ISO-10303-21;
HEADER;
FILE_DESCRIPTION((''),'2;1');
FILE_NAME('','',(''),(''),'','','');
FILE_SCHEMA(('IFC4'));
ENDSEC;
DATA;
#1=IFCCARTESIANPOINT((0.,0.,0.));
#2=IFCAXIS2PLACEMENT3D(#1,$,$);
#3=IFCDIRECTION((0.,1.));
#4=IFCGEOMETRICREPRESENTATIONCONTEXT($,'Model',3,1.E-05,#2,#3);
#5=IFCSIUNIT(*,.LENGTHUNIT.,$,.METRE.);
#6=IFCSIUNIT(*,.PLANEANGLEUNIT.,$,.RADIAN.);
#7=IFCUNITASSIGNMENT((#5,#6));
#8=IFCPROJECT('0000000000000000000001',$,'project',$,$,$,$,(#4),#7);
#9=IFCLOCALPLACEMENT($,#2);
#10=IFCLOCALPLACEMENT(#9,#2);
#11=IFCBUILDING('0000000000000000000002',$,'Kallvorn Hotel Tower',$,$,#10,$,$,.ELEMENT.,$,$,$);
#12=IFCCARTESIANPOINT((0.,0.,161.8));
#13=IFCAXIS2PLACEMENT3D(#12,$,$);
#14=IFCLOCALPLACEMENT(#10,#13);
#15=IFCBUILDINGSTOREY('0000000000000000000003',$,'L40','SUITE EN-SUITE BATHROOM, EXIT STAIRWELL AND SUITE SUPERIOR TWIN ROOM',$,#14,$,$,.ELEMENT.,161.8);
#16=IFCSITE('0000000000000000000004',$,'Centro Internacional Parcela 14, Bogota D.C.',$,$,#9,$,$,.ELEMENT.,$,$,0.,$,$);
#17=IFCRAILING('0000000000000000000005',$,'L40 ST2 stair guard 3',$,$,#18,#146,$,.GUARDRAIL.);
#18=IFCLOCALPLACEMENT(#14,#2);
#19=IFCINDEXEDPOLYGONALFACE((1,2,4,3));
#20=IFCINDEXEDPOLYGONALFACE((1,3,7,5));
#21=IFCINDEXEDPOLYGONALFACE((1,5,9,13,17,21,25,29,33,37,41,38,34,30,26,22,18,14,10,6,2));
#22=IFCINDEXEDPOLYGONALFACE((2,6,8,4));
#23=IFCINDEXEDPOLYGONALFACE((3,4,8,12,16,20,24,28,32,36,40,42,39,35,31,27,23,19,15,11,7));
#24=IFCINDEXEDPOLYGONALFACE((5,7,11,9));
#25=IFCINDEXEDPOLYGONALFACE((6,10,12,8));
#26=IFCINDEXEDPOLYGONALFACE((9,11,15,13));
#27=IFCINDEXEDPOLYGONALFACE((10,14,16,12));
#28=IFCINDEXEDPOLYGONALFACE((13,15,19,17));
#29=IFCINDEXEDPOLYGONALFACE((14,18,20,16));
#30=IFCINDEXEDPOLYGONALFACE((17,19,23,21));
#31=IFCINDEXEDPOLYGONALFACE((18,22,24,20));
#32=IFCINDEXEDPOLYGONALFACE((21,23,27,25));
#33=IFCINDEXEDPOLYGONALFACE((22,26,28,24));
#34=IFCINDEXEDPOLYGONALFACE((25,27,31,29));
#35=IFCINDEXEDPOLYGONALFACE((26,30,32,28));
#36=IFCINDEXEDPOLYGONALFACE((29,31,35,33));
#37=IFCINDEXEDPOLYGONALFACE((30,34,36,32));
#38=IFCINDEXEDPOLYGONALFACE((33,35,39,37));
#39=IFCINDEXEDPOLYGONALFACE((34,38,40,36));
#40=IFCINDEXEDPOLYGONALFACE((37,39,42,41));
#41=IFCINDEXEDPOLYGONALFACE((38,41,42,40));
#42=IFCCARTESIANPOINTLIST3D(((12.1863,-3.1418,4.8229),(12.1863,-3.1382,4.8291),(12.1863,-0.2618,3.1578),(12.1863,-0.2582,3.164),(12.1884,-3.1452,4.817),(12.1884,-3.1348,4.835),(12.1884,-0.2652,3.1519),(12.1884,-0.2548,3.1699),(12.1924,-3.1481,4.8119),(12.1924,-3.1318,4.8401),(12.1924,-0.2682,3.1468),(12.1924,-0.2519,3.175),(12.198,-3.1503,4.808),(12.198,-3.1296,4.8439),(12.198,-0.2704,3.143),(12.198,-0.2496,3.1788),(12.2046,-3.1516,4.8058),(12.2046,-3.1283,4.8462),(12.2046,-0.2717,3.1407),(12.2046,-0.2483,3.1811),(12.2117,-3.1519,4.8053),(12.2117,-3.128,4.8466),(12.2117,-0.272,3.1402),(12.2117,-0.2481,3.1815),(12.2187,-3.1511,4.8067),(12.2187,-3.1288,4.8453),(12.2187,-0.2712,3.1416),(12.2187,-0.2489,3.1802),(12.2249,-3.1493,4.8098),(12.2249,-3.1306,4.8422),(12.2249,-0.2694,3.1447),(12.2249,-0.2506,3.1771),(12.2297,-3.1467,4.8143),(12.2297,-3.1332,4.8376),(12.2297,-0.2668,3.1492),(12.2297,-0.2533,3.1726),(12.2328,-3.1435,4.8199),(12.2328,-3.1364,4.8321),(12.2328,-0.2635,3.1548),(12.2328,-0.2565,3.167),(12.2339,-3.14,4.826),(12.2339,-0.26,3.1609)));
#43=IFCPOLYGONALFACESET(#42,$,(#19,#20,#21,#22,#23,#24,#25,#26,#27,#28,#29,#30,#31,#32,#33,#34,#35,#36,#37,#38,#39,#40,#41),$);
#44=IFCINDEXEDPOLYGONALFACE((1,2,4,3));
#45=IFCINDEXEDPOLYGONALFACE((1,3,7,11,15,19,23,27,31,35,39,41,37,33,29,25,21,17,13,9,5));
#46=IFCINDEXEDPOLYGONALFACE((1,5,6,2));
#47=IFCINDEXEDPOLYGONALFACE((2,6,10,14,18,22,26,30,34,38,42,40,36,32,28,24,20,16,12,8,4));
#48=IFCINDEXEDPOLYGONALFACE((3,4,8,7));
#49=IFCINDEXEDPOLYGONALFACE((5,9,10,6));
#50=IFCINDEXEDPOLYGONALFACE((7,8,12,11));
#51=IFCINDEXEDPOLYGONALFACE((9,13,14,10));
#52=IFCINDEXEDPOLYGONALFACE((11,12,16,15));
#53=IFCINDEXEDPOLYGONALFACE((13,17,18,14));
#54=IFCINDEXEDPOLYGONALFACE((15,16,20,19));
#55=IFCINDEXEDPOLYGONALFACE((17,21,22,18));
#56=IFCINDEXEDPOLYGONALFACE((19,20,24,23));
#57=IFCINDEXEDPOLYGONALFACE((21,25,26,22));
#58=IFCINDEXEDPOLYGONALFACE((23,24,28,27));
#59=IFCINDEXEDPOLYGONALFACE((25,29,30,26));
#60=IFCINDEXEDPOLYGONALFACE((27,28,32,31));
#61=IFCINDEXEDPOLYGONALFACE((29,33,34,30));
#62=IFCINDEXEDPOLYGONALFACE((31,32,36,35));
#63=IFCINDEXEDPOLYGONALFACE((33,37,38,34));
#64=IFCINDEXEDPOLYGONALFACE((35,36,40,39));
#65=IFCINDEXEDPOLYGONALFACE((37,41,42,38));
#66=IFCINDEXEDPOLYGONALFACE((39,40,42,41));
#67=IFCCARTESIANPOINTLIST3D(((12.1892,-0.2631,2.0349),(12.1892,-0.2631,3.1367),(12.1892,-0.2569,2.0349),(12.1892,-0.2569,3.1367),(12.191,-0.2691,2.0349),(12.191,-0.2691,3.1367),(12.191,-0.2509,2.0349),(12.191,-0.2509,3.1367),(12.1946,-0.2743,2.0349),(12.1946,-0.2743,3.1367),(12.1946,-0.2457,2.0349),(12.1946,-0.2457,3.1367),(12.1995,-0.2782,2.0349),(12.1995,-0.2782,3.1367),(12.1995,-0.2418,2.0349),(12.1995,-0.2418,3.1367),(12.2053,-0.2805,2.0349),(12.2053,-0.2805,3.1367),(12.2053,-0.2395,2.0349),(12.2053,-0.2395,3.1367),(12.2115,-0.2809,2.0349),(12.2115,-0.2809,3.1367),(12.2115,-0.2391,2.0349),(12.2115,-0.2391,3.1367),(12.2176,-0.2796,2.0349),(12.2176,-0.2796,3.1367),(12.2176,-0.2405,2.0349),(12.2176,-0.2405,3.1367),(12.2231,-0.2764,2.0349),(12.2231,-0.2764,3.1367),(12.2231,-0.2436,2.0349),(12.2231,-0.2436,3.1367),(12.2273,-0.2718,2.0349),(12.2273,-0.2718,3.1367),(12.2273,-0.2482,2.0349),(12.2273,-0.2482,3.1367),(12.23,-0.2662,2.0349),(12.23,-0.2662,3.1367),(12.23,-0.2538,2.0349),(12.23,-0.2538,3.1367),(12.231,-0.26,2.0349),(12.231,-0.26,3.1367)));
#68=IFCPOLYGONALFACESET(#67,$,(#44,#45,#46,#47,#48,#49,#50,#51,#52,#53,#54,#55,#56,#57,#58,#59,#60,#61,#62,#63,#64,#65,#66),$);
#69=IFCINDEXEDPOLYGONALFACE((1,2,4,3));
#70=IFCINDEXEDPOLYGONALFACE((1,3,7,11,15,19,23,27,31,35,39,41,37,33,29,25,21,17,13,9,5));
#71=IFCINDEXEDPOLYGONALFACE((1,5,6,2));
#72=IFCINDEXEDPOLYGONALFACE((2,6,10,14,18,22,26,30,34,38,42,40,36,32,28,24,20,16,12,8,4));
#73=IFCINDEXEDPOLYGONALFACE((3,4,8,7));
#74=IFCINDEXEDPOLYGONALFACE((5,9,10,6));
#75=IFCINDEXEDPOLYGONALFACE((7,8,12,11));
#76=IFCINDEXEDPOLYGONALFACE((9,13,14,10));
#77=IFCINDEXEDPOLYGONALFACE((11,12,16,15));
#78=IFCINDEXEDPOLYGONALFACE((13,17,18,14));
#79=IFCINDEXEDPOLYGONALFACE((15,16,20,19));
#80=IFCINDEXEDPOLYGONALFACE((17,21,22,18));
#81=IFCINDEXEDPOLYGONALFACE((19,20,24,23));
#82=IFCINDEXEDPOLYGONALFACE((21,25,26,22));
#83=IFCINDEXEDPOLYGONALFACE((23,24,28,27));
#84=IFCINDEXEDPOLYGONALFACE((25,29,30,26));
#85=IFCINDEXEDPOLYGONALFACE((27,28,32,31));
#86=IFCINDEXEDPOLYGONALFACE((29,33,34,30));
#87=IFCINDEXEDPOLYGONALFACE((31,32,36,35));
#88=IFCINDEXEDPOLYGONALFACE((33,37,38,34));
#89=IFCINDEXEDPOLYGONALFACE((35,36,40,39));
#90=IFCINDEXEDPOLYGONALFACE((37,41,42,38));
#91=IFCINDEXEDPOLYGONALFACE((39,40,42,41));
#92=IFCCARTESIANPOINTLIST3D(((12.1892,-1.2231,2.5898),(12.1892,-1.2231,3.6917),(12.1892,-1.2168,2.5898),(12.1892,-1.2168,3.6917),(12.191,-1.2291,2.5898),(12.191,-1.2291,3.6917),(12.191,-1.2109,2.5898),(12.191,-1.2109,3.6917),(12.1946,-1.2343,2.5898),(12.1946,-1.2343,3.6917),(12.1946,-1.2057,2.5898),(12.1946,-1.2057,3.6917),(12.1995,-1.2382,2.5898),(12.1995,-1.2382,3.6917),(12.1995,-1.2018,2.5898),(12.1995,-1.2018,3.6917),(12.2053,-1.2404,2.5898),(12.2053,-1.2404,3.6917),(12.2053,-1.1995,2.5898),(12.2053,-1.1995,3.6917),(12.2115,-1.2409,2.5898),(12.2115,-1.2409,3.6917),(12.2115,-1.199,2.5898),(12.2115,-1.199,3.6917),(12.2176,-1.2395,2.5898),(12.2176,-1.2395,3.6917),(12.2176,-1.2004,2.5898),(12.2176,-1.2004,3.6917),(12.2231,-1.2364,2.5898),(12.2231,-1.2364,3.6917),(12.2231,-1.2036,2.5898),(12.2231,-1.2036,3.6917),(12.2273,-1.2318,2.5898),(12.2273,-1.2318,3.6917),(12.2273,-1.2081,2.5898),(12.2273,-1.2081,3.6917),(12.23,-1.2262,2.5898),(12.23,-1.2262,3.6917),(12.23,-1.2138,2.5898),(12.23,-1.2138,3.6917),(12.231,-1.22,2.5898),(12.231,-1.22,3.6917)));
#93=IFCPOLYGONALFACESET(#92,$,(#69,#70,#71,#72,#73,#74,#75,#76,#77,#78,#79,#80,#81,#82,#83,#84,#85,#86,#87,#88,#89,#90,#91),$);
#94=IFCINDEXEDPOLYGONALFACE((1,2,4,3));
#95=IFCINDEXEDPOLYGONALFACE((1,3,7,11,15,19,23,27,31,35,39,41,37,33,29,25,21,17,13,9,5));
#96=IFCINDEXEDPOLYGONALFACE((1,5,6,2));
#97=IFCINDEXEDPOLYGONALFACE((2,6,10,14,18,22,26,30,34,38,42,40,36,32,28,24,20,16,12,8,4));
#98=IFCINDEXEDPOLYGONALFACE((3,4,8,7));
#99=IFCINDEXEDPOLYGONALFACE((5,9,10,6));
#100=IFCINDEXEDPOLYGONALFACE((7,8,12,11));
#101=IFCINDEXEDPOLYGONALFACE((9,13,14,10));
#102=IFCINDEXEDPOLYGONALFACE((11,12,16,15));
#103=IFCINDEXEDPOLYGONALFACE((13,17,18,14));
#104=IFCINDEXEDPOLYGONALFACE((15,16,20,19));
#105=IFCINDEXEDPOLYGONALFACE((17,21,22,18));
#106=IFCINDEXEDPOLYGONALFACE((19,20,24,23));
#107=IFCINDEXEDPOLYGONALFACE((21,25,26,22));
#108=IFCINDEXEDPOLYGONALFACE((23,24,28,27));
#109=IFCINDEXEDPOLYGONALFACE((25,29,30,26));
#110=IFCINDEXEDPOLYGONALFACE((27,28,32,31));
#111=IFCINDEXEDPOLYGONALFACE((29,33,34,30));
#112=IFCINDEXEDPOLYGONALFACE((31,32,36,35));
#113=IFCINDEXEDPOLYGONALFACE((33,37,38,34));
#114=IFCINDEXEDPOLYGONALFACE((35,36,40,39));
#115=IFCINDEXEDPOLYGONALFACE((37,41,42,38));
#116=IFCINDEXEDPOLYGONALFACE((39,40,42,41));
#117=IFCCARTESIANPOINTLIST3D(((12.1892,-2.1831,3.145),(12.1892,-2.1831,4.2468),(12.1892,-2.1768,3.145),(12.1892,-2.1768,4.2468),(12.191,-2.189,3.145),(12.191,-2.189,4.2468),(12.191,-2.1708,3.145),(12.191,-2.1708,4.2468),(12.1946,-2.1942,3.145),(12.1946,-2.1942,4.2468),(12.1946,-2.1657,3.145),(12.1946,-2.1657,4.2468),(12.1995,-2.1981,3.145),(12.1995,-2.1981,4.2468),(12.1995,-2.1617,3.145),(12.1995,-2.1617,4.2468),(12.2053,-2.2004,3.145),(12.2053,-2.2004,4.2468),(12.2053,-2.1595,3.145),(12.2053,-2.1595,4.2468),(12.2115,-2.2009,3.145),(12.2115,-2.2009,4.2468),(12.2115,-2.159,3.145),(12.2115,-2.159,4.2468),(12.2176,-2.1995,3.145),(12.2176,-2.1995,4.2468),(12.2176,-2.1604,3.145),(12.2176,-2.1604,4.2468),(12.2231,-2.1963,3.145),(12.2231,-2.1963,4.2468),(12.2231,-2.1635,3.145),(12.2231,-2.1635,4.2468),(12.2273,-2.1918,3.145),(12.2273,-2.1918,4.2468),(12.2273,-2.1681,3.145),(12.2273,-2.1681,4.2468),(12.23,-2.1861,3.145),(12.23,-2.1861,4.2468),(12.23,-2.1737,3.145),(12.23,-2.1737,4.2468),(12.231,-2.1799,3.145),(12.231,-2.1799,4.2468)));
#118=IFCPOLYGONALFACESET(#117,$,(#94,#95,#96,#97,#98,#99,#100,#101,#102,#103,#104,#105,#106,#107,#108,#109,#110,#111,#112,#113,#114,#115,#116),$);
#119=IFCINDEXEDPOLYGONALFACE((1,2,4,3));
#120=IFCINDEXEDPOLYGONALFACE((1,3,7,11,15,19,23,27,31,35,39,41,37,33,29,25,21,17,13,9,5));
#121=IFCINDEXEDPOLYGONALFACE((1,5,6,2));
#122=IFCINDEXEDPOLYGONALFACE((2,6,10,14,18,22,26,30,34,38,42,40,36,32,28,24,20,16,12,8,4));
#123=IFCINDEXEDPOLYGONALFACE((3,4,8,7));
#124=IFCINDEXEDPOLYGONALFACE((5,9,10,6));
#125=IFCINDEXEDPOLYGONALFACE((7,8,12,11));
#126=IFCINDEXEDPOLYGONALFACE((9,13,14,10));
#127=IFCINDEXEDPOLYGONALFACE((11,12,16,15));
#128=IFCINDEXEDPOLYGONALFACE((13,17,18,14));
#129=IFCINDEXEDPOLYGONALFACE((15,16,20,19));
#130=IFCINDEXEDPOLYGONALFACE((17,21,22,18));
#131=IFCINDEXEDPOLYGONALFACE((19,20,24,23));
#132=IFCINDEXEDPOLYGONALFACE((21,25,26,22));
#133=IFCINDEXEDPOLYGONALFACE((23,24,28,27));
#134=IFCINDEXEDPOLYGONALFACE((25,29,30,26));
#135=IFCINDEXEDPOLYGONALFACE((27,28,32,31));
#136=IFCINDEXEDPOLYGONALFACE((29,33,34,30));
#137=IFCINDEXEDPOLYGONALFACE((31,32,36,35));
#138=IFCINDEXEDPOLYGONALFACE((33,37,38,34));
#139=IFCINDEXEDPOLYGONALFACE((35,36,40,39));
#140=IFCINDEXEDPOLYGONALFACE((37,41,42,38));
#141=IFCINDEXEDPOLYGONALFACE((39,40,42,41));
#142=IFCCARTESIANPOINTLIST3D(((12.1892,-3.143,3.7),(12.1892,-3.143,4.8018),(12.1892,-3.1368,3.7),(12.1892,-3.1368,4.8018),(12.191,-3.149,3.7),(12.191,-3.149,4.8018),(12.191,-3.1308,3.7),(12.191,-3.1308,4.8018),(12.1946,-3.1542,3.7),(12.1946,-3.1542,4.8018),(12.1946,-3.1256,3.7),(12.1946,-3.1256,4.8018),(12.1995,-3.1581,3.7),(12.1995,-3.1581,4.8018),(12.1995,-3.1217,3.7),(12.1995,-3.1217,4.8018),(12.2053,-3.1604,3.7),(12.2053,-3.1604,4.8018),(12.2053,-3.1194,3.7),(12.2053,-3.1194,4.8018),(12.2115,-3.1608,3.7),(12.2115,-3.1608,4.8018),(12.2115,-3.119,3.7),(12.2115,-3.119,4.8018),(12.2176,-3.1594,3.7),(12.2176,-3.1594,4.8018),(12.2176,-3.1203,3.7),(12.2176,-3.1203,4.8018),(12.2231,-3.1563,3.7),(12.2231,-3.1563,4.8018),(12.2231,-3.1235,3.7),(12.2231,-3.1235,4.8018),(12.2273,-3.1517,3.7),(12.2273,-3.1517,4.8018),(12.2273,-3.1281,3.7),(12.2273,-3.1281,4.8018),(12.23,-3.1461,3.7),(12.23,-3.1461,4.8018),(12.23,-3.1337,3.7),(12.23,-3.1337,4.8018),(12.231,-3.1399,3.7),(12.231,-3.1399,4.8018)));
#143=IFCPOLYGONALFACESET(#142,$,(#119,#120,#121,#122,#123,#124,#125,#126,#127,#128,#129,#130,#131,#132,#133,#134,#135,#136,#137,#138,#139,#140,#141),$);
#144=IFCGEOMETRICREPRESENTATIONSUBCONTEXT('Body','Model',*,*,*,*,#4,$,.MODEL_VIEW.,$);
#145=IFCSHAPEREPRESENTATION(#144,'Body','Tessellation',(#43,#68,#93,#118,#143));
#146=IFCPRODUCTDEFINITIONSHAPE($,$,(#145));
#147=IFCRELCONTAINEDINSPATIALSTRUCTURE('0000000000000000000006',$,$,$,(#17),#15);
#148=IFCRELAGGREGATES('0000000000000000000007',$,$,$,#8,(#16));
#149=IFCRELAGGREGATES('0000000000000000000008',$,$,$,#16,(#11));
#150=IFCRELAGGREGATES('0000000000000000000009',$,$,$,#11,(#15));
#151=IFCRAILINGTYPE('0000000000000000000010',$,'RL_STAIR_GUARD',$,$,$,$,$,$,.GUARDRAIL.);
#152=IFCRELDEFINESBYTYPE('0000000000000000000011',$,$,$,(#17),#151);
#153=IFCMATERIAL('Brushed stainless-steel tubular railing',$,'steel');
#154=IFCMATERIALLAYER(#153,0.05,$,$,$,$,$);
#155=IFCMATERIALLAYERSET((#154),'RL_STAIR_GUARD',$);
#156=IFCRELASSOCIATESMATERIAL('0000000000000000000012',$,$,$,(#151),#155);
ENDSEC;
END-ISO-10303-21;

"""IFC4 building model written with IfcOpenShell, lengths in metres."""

from ifc_helpers import new_model, si_unit, direction, frame, origin, origin_2d, place, context, subcontext, project, spatial, circle, extrude, material, layer, layer_set, type_object, element, save


model = new_model("IFC4")

# Units and contexts
model_context = context("Model", 3, precision=1e-05, world=origin(), true_north=direction((0.0, 1.0)))
body_context = subcontext(model_context, "Body", "Model", "MODEL_VIEW")
ifc_project = project(units=[si_unit("LENGTHUNIT", "METRE"), si_unit("PLANEANGLEUNIT", "RADIAN")], contexts=[model_context])

# Site, building, storey
site_placement = place(None, origin())
site = spatial("IfcSite", under=ifc_project, at=site_placement, Name="Centro Internacional Parcela 14, Bogota D.C.", CompositionType="ELEMENT", RefElevation=0.0)
building_placement = place(site_placement, origin())
building = spatial("IfcBuilding", under=site, at=building_placement, Name="Kallvorn Hotel Tower", CompositionType="ELEMENT")
storey_placement = place(building_placement, frame((0.0, 0.0, 161.8)))
storey = spatial("IfcBuildingStorey", under=building, at=storey_placement, Name="L40", Description="SUITE EN-SUITE BATHROOM, EXIT STAIRWELL AND SUITE SUPERIOR TWIN ROOM", CompositionType="ELEMENT", Elevation=161.8)

# Railing
ifc_material_1 = material(Name="Brushed stainless-steel tubular railing", Category="steel")
ifc_layer_1 = layer(ifc_material_1, 0.05)
ifc_layer_set_1 = layer_set([ifc_layer_1], Name="RL_STAIR_GUARD")
railing_type_1 = type_object("IfcRailingType", Name="RL_STAIR_GUARD", PredefinedType="GUARDRAIL", material=ifc_layer_set_1)
railing_1_placement = place(storey_placement, frame((12.21, -0.26, 2.0349)))
element("IfcRailing", 1, at=railing_1_placement, inside=storey, type_object=railing_type_1, Name="L40 ST2 stair guard 3", PredefinedType="GUARDRAIL", context=body_context, shape_type="SweptSolid", body=[
    extrude(circle(Radius=0.0239, at=origin_2d()), frame((0.0, 0.0, 1.126), z_axis=(0.0, -0.865721, 0.500527), x_axis=(1.0, 0.0, 0.0)), (0.0, 0.0, 1.0), 3.3267),
    extrude(circle(Radius=0.021, at=origin_2d()), origin(), (0.0, 0.0, 1.0), 1.1018),
    extrude(circle(Radius=0.021, at=origin_2d()), frame((0.0, -0.96, 0.5549)), (0.0, 0.0, 1.0), 1.1018),
    extrude(circle(Radius=0.021, at=origin_2d()), frame((0.0, -1.9199, 1.1101)), (0.0, 0.0, 1.0), 1.1018),
    extrude(circle(Radius=0.021, at=origin_2d()), frame((0.0, -2.8799, 1.665)), (0.0, 0.0, 1.0), 1.1018),
])

save(model, "model.ifc")
